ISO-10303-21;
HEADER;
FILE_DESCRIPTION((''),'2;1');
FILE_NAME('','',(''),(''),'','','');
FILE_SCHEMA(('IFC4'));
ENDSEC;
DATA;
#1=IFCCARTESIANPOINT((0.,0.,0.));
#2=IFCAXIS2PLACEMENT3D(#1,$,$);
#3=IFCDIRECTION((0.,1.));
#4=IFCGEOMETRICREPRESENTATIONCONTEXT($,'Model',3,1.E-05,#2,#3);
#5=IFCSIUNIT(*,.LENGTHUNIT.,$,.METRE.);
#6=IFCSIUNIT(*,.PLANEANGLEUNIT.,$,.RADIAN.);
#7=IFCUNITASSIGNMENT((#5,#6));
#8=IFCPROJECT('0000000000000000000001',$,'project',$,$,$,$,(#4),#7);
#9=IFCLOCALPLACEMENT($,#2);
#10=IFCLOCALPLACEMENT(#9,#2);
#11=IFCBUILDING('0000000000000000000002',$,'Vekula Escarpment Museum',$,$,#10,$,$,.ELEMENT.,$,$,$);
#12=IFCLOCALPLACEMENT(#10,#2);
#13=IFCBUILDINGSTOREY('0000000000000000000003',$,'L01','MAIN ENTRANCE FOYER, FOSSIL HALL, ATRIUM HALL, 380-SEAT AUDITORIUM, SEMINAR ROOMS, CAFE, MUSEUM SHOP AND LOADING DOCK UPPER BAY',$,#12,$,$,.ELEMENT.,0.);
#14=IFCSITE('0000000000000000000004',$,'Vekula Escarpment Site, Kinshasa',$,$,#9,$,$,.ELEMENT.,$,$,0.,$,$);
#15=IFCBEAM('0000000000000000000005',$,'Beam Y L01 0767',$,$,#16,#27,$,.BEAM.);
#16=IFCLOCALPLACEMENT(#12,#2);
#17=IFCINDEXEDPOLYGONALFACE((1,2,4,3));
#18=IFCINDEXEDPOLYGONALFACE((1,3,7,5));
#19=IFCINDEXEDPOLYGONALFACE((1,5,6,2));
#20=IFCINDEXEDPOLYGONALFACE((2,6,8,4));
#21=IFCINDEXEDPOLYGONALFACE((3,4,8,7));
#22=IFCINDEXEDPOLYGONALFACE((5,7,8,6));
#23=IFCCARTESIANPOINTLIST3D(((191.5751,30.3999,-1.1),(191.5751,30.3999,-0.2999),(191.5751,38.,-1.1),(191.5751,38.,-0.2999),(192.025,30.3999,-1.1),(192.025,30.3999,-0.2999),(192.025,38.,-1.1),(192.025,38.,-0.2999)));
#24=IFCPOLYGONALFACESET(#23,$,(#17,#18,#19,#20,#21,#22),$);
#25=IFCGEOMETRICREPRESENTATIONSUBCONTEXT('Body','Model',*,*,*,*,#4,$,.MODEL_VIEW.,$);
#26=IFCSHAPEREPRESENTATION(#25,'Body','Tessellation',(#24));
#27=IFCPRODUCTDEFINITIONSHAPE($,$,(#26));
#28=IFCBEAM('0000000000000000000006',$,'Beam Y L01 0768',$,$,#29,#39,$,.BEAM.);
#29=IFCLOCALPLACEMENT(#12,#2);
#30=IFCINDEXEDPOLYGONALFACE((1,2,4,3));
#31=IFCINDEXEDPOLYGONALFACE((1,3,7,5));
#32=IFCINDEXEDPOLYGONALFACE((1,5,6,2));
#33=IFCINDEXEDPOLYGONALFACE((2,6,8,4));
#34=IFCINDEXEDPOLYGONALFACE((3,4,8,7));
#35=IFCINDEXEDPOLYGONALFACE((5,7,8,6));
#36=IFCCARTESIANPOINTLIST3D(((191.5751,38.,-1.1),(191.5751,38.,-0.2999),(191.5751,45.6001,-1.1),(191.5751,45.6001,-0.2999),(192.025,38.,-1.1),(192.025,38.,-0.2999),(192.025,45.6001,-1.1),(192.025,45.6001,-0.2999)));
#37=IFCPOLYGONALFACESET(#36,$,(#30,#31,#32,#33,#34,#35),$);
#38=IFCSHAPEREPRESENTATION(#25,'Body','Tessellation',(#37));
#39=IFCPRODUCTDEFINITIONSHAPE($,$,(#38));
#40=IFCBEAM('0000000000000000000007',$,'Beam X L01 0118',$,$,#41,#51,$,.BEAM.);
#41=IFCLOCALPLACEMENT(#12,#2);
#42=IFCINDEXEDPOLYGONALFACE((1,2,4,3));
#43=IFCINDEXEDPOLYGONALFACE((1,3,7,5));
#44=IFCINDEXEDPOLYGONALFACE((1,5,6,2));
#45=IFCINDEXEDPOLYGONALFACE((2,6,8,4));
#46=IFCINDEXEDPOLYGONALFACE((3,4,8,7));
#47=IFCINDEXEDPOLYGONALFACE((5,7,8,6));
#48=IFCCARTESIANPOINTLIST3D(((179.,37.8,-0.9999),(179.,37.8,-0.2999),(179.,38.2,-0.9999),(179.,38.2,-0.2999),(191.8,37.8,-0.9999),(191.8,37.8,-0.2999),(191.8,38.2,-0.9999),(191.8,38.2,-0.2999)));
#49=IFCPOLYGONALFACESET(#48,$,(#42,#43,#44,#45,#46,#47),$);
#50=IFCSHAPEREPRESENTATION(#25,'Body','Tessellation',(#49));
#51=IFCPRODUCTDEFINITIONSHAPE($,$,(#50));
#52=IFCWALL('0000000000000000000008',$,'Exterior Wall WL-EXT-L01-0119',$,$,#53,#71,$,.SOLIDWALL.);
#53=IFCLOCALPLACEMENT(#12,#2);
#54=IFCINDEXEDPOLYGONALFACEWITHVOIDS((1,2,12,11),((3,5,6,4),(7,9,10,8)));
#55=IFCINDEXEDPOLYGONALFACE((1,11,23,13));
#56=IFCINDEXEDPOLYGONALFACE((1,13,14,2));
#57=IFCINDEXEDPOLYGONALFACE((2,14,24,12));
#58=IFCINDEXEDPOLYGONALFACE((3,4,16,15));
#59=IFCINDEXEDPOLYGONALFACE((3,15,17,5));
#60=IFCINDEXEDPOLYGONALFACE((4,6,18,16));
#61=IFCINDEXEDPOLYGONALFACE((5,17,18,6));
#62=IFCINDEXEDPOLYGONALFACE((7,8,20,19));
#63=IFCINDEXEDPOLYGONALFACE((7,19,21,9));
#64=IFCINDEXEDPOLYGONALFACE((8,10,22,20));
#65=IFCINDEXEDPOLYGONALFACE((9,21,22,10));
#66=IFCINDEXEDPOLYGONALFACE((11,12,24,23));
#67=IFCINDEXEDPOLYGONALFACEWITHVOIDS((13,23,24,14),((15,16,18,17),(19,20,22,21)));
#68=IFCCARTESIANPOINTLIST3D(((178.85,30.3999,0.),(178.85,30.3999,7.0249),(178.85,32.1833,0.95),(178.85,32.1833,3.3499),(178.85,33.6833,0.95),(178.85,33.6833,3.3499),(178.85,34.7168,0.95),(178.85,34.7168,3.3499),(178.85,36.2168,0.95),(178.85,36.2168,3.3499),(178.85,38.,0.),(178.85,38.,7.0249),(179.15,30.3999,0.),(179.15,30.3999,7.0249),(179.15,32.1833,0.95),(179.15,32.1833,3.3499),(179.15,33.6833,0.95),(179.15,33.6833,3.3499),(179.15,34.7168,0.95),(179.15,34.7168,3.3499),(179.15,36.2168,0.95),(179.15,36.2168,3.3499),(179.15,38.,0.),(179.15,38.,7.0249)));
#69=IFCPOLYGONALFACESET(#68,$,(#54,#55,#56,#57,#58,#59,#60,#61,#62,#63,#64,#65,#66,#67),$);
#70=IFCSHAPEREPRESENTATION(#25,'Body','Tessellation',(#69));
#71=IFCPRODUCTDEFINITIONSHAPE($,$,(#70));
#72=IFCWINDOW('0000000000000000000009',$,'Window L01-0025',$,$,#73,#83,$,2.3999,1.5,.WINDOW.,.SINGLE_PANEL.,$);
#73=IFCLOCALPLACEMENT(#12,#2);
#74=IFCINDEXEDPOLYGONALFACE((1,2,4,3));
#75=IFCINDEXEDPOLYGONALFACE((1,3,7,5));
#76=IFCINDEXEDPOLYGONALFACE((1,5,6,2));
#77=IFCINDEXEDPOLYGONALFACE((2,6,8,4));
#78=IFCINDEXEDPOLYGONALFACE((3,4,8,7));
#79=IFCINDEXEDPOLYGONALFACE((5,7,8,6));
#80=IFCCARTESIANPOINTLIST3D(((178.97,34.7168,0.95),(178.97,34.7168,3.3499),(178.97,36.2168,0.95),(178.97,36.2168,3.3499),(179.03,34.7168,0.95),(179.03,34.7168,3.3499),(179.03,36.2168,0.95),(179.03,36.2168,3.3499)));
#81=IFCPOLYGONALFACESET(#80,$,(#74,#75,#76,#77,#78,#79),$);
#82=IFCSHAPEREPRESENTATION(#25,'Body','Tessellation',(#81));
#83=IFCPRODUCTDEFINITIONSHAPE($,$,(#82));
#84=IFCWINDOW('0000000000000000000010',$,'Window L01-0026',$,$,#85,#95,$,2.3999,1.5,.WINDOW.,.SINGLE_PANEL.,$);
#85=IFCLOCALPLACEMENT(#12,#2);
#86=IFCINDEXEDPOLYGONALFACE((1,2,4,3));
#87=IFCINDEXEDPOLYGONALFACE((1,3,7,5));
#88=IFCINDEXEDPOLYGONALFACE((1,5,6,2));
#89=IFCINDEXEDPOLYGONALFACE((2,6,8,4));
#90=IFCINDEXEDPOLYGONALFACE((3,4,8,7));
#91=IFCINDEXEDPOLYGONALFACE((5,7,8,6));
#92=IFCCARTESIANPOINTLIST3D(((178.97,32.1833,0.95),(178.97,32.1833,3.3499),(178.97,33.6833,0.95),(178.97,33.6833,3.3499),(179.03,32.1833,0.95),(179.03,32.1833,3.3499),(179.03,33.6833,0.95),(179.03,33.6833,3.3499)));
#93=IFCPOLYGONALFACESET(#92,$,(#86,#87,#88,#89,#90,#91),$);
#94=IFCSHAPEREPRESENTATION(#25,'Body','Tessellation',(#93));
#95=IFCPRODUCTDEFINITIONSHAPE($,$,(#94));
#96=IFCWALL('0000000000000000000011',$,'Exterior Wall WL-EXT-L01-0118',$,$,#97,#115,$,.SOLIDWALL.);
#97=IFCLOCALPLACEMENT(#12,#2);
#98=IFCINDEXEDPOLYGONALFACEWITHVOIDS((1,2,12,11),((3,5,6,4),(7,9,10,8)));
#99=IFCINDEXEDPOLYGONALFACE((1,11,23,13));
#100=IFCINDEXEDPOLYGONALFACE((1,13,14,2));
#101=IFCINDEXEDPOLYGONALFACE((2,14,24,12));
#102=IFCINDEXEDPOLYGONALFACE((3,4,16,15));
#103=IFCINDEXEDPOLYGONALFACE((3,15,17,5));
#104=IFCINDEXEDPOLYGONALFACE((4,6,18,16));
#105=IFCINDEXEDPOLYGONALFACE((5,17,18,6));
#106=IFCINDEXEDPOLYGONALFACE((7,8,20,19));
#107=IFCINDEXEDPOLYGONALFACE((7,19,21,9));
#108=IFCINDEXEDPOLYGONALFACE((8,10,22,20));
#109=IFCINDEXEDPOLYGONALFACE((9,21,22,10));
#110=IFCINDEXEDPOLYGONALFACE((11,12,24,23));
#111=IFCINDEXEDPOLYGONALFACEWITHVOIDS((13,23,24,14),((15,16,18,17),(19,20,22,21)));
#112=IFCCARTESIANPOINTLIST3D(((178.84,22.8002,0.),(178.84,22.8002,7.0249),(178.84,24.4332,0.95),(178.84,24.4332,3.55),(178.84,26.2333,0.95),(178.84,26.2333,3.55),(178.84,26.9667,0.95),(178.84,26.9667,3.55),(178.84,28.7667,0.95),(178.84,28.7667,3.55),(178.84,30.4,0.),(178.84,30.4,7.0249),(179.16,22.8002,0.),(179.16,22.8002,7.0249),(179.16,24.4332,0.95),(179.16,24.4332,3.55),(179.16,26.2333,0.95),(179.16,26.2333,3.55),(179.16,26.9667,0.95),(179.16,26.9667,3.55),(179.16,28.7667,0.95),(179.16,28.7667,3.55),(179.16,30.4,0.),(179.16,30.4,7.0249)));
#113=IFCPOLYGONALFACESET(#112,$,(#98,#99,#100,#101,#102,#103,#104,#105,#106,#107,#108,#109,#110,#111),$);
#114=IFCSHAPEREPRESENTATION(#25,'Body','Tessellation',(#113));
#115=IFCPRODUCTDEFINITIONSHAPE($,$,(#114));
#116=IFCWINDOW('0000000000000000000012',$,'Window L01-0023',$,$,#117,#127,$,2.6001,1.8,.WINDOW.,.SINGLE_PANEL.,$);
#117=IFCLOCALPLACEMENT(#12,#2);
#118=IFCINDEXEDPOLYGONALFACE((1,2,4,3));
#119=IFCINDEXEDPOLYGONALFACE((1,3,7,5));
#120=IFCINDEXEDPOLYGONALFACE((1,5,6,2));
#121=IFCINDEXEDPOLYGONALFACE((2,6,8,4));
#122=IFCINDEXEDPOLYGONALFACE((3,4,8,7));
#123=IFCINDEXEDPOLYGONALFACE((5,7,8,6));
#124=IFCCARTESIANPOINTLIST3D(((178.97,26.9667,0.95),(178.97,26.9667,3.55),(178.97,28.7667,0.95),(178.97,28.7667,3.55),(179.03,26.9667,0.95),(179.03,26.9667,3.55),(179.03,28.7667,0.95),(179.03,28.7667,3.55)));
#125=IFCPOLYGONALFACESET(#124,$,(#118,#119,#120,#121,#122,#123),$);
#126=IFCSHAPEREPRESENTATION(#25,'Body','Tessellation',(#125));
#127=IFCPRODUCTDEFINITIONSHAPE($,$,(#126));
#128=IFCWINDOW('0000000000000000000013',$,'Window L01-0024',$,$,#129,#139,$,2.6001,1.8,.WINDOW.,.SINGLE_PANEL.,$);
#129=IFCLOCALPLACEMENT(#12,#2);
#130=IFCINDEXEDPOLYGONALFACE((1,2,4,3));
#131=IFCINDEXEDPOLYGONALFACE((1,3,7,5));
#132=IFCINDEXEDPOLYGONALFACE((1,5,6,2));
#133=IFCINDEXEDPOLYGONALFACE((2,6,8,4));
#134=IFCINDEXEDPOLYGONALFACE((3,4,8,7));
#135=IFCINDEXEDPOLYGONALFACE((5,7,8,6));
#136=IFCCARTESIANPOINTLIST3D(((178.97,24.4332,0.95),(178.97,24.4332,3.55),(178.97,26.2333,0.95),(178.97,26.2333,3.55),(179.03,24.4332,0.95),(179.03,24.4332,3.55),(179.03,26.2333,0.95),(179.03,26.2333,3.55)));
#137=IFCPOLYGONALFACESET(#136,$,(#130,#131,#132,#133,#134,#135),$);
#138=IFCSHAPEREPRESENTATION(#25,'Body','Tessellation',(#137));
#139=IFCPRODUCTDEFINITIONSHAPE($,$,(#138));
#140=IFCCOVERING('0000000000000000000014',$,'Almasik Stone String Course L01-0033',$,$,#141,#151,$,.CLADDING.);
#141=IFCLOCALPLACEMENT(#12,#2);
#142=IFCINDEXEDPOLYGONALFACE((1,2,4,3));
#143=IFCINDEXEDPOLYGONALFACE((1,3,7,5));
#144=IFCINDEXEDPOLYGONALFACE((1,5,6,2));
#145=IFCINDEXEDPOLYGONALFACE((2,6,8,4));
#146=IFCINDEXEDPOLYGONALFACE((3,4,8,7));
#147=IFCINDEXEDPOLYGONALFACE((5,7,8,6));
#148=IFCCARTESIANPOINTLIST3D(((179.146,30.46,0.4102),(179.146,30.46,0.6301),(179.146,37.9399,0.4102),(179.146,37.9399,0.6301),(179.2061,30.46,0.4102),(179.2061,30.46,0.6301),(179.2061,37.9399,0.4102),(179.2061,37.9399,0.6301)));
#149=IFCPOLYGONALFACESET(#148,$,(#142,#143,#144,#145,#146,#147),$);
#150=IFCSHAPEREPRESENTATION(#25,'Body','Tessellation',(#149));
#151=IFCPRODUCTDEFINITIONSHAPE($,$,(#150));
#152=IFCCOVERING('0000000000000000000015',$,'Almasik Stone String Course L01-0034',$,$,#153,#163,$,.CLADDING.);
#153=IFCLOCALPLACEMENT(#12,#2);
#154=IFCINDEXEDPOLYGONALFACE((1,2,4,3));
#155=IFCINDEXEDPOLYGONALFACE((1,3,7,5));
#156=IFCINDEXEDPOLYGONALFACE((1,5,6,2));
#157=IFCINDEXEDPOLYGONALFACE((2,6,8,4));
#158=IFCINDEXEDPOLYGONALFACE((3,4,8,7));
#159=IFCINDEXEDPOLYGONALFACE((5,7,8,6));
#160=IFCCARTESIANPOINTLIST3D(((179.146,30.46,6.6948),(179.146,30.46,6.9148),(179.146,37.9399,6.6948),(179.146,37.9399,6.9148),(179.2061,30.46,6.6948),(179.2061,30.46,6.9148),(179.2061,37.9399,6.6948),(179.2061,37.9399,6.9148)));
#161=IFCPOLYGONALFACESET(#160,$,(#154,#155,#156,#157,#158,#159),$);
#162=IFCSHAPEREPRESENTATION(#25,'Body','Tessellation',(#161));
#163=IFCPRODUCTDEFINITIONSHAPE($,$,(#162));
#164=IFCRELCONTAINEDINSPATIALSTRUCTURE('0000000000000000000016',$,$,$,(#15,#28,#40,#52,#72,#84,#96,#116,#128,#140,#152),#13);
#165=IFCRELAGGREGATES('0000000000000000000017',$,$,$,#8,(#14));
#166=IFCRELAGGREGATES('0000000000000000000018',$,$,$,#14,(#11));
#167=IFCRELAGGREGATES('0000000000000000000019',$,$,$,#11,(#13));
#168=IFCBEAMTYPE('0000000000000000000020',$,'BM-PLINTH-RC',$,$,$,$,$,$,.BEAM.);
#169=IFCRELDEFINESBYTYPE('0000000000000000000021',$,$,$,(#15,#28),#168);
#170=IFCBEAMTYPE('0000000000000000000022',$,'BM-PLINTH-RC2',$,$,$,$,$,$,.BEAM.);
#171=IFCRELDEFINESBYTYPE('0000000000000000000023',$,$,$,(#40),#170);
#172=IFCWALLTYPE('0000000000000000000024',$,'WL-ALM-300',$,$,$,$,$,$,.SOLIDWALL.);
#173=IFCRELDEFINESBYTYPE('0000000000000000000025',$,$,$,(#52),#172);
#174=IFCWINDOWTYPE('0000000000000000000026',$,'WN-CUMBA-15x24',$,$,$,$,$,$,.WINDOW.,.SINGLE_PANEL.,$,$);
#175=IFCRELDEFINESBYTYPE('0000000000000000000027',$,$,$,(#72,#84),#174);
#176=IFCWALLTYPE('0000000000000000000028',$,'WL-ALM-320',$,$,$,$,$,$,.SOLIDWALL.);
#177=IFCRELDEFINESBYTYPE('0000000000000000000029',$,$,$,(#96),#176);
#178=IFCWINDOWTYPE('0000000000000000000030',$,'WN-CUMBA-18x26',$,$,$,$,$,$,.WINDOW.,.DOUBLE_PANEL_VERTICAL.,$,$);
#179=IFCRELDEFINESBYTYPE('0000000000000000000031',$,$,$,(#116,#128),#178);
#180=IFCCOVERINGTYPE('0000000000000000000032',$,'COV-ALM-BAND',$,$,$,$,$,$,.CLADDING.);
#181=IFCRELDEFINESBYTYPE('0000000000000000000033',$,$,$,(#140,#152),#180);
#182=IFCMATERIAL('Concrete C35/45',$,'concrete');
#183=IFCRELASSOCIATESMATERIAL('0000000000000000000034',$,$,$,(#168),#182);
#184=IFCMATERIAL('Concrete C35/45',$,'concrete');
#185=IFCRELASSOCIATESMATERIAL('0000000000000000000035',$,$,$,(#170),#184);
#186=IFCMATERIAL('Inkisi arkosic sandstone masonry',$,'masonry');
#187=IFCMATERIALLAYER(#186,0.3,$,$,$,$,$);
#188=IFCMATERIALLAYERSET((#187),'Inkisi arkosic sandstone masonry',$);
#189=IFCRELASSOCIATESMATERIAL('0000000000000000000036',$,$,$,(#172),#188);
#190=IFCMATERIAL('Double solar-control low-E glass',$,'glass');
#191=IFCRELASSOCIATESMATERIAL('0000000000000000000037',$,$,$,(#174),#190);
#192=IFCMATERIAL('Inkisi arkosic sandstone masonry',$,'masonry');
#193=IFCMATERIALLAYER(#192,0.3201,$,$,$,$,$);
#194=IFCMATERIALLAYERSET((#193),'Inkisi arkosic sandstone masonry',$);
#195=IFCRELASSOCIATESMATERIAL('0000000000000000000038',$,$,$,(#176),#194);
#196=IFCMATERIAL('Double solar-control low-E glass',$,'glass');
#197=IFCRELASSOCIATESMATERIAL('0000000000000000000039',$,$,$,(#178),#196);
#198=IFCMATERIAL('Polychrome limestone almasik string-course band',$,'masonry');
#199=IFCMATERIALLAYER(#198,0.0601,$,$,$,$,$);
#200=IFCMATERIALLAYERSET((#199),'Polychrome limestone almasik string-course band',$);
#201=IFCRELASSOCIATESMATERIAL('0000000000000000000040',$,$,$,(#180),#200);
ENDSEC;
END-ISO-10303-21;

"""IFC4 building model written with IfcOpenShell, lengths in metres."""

from ifc_helpers import new_model, si_unit, direction, frame, frame_2d, origin, origin_2d, place, context, subcontext, project, spatial, rectangle, extrude, material, layer, layer_set, material_profile, profile_set, type_object, element, fill, save


model = new_model("IFC4")

# Units and contexts
model_context = context("Model", 3, precision=1e-05, world=origin(), true_north=direction((0.0, 1.0)))
body_context = subcontext(model_context, "Body", "Model", "MODEL_VIEW")
ifc_project = project(units=[si_unit("LENGTHUNIT", "METRE"), si_unit("PLANEANGLEUNIT", "RADIAN")], contexts=[model_context])

# Site, building, storey
site_placement = place(None, origin())
site = spatial("IfcSite", under=ifc_project, at=site_placement, Name="Vekula Escarpment Site, Kinshasa", CompositionType="ELEMENT", RefElevation=0.0)
building_placement = place(site_placement, origin())
building = spatial("IfcBuilding", under=site, at=building_placement, Name="Vekula Escarpment Museum", CompositionType="ELEMENT")
storey_placement = place(building_placement, origin())
storey = spatial("IfcBuildingStorey", under=building, at=storey_placement, Name="L01", Description="MAIN ENTRANCE FOYER, FOSSIL HALL, ATRIUM HALL, 380-SEAT AUDITORIUM, SEMINAR ROOMS, CAFE, MUSEUM SHOP AND LOADING DOCK UPPER BAY", CompositionType="ELEMENT", Elevation=0.0)

# Beams
ifc_material_1 = material(Name="Concrete C35/45", Category="concrete")
ifc_material_profile_1 = material_profile(ifc_material_1, rectangle(XDim=0.45, YDim=0.8, at=origin_2d()), Name="RC 450x800")
ifc_profile_set_1 = profile_set([ifc_material_profile_1], Name="Concrete C35/45")
beam_type_1 = type_object("IfcBeamType", Name="BM-PLINTH-RC", PredefinedType="BEAM", material=ifc_profile_set_1)
for number, where, z_axis, x_axis, name in (
    (1, (191.8, 30.3999, -0.7), (0.0, 1.0, 0.0), (-1.0, 0.0, 0.0), "Beam Y L01 0767"),
    (2, (191.8, 38.0, -0.7), (0.0, 1.0, 0.0), (-1.0, 0.0, 0.0), "Beam Y L01 0768"),
):
    element("IfcBeam", number, at=place(storey_placement, frame(where, z_axis=z_axis, x_axis=x_axis)), inside=storey, type_object=beam_type_1, Name=name, PredefinedType="BEAM", context=body_context, shape_type="SweptSolid", body=[
        extrude(rectangle(XDim=0.45, YDim=0.8, at=origin_2d()), origin(), (0.0, 0.0, 1.0), 7.6001),
    ])
ifc_material_2 = material(Name="Concrete C35/45", Category="concrete")
ifc_material_profile_2 = material_profile(ifc_material_2, rectangle(XDim=0.3999, YDim=0.7, at=origin_2d()), Name="RC 400x700")
ifc_profile_set_2 = profile_set([ifc_material_profile_2], Name="Concrete C35/45")
beam_type_2 = type_object("IfcBeamType", Name="BM-PLINTH-RC2", PredefinedType="BEAM", material=ifc_profile_set_2)
beam_placement = place(storey_placement, frame((179.0, 38.0, -0.6499), z_axis=(1.0, 0.0, 0.0), x_axis=(0.0, 1.0, 0.0)))
element("IfcBeam", 3, at=beam_placement, inside=storey, type_object=beam_type_2, Name="Beam X L01 0118", PredefinedType="BEAM", context=body_context, shape_type="SweptSolid", body=[
    extrude(rectangle(XDim=0.3999, YDim=0.7, at=origin_2d()), origin(), (0.0, 0.0, 1.0), 12.8),
])

# Walls, openings, windows
ifc_material_3 = material(Name="Inkisi arkosic sandstone masonry", Category="masonry")
ifc_layer_1 = layer(ifc_material_3, 0.3)
ifc_layer_set_1 = layer_set([ifc_layer_1], Name="Inkisi arkosic sandstone masonry")
wall_type_1 = type_object("IfcWallType", Name="WL-ALM-300", PredefinedType="SOLIDWALL", material=ifc_layer_set_1)
wall_1_placement = place(storey_placement, frame((179.0, 38.0, 0.0), z_axis=(0.0, 0.0, 1.0), x_axis=(0.0, -1.0, 0.0)))
wall_1 = element("IfcWall", 4, at=wall_1_placement, inside=storey, type_object=wall_type_1, Name="Exterior Wall WL-EXT-L01-0119", PredefinedType="SOLIDWALL", context=body_context, shape_type="SweptSolid", body=[
    extrude(rectangle(XDim=7.6001, YDim=0.3, at=frame_2d((3.8, 0.0))), origin(), (0.0, 0.0, 1.0), 7.0249),
])
opening_1_placement = place(wall_1_placement, frame((1.7832, 0.0, 0.95)))
opening_1 = element("IfcOpeningElement", 5, at=opening_1_placement, cuts=wall_1, PredefinedType="OPENING", context=body_context, shape_type="SweptSolid", body=[
    extrude(rectangle(XDim=1.5, YDim=2.3999, at=frame_2d((0.75, 1.2))), frame((0.0, 0.1599, 0.0), z_axis=(0.0, -1.0, 0.0), x_axis=(1.0, 0.0, 0.0)), (0.0, 0.0, 1.0), 0.3201),
])
opening_2_placement = place(wall_1_placement, frame((4.3167, 0.0, 0.95)))
opening_2 = element("IfcOpeningElement", 6, at=opening_2_placement, cuts=wall_1, PredefinedType="OPENING", context=body_context, shape_type="SweptSolid", body=[
    extrude(rectangle(XDim=1.5, YDim=2.3999, at=frame_2d((0.75, 1.2))), frame((0.0, 0.1599, 0.0), z_axis=(0.0, -1.0, 0.0), x_axis=(1.0, 0.0, 0.0)), (0.0, 0.0, 1.0), 0.3201),
])
ifc_material_4 = material(Name="Double solar-control low-E glass", Category="glass")
window_type_1 = type_object("IfcWindowType", Name="WN-CUMBA-15x24", PartitioningType="SINGLE_PANEL", PredefinedType="WINDOW", material=ifc_material_4)
window_1_placement = place(opening_1_placement, origin())
window_1 = element("IfcWindow", 7, at=window_1_placement, inside=storey, type_object=window_type_1, Name="Window L01-0025", OverallHeight=2.3999, OverallWidth=1.5, PartitioningType="SINGLE_PANEL", PredefinedType="WINDOW", context=body_context, shape_type="SweptSolid", body=[
    extrude(rectangle(XDim=1.5, YDim=2.3999, at=frame_2d((0.75, 1.2))), frame((0.0, 0.03, 0.0), z_axis=(0.0, -1.0, 0.0), x_axis=(1.0, 0.0, 0.0)), (0.0, 0.0, 1.0), 0.0601),
])
fill(opening_1, window_1)
window_2_placement = place(opening_2_placement, origin())
window_2 = element("IfcWindow", 8, at=window_2_placement, inside=storey, type_object=window_type_1, Name="Window L01-0026", OverallHeight=2.3999, OverallWidth=1.5, PartitioningType="SINGLE_PANEL", PredefinedType="WINDOW", context=body_context, shape_type="SweptSolid", body=[
    extrude(rectangle(XDim=1.5, YDim=2.3999, at=frame_2d((0.75, 1.2))), frame((0.0, 0.03, 0.0), z_axis=(0.0, -1.0, 0.0), x_axis=(1.0, 0.0, 0.0)), (0.0, 0.0, 1.0), 0.0601),
])
fill(opening_2, window_2)
ifc_material_5 = material(Name="Inkisi arkosic sandstone masonry", Category="masonry")
ifc_layer_2 = layer(ifc_material_5, 0.3201)
ifc_layer_set_2 = layer_set([ifc_layer_2], Name="Inkisi arkosic sandstone masonry")
wall_type_2 = type_object("IfcWallType", Name="WL-ALM-320", PredefinedType="SOLIDWALL", material=ifc_layer_set_2)
wall_2_placement = place(storey_placement, frame((179.0, 30.3999, 0.0), z_axis=(0.0, 0.0, 1.0), x_axis=(0.0, -1.0, 0.0)))
wall_2 = element("IfcWall", 9, at=wall_2_placement, inside=storey, type_object=wall_type_2, Name="Exterior Wall WL-EXT-L01-0118", PredefinedType="SOLIDWALL", context=body_context, shape_type="SweptSolid", body=[
    extrude(rectangle(XDim=7.5999, YDim=0.3201, at=frame_2d((3.7998, 0.0))), origin(), (0.0, 0.0, 1.0), 7.0249),
])
opening_3_placement = place(wall_2_placement, frame((1.6333, 0.0, 0.95)))
opening_3 = element("IfcOpeningElement", 10, at=opening_3_placement, cuts=wall_2, PredefinedType="OPENING", context=body_context, shape_type="SweptSolid", body=[
    extrude(rectangle(XDim=1.8, YDim=2.6001, at=frame_2d((0.8999, 1.3))), frame((0.0, 0.1699, 0.0), z_axis=(0.0, -1.0, 0.0), x_axis=(1.0, 0.0, 0.0)), (0.0, 0.0, 1.0), 0.3401),
])
opening_4_placement = place(wall_2_placement, frame((4.1667, 0.0, 0.95)))
opening_4 = element("IfcOpeningElement", 11, at=opening_4_placement, cuts=wall_2, PredefinedType="OPENING", context=body_context, shape_type="SweptSolid", body=[
    extrude(rectangle(XDim=1.8, YDim=2.6001, at=frame_2d((0.8999, 1.3))), frame((0.0, 0.1699, 0.0), z_axis=(0.0, -1.0, 0.0), x_axis=(1.0, 0.0, 0.0)), (0.0, 0.0, 1.0), 0.3401),
])
ifc_material_6 = material(Name="Double solar-control low-E glass", Category="glass")
window_type_2 = type_object("IfcWindowType", Name="WN-CUMBA-18x26", PartitioningType="DOUBLE_PANEL_VERTICAL", PredefinedType="WINDOW", material=ifc_material_6)
window_3_placement = place(opening_3_placement, origin())
window_3 = element("IfcWindow", 12, at=window_3_placement, inside=storey, type_object=window_type_2, Name="Window L01-0023", OverallHeight=2.6001, OverallWidth=1.8, PartitioningType="SINGLE_PANEL", PredefinedType="WINDOW", context=body_context, shape_type="SweptSolid", body=[
    extrude(rectangle(XDim=1.8, YDim=2.6001, at=frame_2d((0.8999, 1.3))), frame((0.0, 0.03, 0.0), z_axis=(0.0, -1.0, 0.0), x_axis=(1.0, 0.0, 0.0)), (0.0, 0.0, 1.0), 0.0601),
])
fill(opening_3, window_3)
window_4_placement = place(opening_4_placement, origin())
window_4 = element("IfcWindow", 13, at=window_4_placement, inside=storey, type_object=window_type_2, Name="Window L01-0024", OverallHeight=2.6001, OverallWidth=1.8, PartitioningType="SINGLE_PANEL", PredefinedType="WINDOW", context=body_context, shape_type="SweptSolid", body=[
    extrude(rectangle(XDim=1.8, YDim=2.6001, at=frame_2d((0.8999, 1.3))), frame((0.0, 0.03, 0.0), z_axis=(0.0, -1.0, 0.0), x_axis=(1.0, 0.0, 0.0)), (0.0, 0.0, 1.0), 0.0601),
])
fill(opening_4, window_4)

# Coverings
ifc_material_7 = material(Name="Polychrome limestone almasik string-course band", Category="masonry")
ifc_layer_3 = layer(ifc_material_7, 0.0601)
ifc_layer_set_3 = layer_set([ifc_layer_3], Name="Polychrome limestone almasik string-course band")
covering_type = type_object("IfcCoveringType", Name="COV-ALM-BAND", PredefinedType="CLADDING", material=ifc_layer_set_3)
for number, where, z_axis, x_axis, name in (
    (14, (179.176, 34.2, 0.4102), (0.0, 0.0, 1.0), (0.0, 1.0, 0.0), "Almasik Stone String Course L01-0033"),
    (15, (179.176, 34.2, 6.6948), (0.0, 0.0, 1.0), (0.0, 1.0, 0.0), "Almasik Stone String Course L01-0034"),
):
    element("IfcCovering", number, at=place(storey_placement, frame(where, z_axis=z_axis, x_axis=x_axis)), inside=storey, type_object=covering_type, Name=name, PredefinedType="CLADDING", context=body_context, shape_type="SweptSolid", body=[
        extrude(rectangle(XDim=7.48, YDim=0.0601, at=origin_2d()), origin(), (0.0, 0.0, 1.0), 0.22),
    ])

save(model, "model.ifc")
